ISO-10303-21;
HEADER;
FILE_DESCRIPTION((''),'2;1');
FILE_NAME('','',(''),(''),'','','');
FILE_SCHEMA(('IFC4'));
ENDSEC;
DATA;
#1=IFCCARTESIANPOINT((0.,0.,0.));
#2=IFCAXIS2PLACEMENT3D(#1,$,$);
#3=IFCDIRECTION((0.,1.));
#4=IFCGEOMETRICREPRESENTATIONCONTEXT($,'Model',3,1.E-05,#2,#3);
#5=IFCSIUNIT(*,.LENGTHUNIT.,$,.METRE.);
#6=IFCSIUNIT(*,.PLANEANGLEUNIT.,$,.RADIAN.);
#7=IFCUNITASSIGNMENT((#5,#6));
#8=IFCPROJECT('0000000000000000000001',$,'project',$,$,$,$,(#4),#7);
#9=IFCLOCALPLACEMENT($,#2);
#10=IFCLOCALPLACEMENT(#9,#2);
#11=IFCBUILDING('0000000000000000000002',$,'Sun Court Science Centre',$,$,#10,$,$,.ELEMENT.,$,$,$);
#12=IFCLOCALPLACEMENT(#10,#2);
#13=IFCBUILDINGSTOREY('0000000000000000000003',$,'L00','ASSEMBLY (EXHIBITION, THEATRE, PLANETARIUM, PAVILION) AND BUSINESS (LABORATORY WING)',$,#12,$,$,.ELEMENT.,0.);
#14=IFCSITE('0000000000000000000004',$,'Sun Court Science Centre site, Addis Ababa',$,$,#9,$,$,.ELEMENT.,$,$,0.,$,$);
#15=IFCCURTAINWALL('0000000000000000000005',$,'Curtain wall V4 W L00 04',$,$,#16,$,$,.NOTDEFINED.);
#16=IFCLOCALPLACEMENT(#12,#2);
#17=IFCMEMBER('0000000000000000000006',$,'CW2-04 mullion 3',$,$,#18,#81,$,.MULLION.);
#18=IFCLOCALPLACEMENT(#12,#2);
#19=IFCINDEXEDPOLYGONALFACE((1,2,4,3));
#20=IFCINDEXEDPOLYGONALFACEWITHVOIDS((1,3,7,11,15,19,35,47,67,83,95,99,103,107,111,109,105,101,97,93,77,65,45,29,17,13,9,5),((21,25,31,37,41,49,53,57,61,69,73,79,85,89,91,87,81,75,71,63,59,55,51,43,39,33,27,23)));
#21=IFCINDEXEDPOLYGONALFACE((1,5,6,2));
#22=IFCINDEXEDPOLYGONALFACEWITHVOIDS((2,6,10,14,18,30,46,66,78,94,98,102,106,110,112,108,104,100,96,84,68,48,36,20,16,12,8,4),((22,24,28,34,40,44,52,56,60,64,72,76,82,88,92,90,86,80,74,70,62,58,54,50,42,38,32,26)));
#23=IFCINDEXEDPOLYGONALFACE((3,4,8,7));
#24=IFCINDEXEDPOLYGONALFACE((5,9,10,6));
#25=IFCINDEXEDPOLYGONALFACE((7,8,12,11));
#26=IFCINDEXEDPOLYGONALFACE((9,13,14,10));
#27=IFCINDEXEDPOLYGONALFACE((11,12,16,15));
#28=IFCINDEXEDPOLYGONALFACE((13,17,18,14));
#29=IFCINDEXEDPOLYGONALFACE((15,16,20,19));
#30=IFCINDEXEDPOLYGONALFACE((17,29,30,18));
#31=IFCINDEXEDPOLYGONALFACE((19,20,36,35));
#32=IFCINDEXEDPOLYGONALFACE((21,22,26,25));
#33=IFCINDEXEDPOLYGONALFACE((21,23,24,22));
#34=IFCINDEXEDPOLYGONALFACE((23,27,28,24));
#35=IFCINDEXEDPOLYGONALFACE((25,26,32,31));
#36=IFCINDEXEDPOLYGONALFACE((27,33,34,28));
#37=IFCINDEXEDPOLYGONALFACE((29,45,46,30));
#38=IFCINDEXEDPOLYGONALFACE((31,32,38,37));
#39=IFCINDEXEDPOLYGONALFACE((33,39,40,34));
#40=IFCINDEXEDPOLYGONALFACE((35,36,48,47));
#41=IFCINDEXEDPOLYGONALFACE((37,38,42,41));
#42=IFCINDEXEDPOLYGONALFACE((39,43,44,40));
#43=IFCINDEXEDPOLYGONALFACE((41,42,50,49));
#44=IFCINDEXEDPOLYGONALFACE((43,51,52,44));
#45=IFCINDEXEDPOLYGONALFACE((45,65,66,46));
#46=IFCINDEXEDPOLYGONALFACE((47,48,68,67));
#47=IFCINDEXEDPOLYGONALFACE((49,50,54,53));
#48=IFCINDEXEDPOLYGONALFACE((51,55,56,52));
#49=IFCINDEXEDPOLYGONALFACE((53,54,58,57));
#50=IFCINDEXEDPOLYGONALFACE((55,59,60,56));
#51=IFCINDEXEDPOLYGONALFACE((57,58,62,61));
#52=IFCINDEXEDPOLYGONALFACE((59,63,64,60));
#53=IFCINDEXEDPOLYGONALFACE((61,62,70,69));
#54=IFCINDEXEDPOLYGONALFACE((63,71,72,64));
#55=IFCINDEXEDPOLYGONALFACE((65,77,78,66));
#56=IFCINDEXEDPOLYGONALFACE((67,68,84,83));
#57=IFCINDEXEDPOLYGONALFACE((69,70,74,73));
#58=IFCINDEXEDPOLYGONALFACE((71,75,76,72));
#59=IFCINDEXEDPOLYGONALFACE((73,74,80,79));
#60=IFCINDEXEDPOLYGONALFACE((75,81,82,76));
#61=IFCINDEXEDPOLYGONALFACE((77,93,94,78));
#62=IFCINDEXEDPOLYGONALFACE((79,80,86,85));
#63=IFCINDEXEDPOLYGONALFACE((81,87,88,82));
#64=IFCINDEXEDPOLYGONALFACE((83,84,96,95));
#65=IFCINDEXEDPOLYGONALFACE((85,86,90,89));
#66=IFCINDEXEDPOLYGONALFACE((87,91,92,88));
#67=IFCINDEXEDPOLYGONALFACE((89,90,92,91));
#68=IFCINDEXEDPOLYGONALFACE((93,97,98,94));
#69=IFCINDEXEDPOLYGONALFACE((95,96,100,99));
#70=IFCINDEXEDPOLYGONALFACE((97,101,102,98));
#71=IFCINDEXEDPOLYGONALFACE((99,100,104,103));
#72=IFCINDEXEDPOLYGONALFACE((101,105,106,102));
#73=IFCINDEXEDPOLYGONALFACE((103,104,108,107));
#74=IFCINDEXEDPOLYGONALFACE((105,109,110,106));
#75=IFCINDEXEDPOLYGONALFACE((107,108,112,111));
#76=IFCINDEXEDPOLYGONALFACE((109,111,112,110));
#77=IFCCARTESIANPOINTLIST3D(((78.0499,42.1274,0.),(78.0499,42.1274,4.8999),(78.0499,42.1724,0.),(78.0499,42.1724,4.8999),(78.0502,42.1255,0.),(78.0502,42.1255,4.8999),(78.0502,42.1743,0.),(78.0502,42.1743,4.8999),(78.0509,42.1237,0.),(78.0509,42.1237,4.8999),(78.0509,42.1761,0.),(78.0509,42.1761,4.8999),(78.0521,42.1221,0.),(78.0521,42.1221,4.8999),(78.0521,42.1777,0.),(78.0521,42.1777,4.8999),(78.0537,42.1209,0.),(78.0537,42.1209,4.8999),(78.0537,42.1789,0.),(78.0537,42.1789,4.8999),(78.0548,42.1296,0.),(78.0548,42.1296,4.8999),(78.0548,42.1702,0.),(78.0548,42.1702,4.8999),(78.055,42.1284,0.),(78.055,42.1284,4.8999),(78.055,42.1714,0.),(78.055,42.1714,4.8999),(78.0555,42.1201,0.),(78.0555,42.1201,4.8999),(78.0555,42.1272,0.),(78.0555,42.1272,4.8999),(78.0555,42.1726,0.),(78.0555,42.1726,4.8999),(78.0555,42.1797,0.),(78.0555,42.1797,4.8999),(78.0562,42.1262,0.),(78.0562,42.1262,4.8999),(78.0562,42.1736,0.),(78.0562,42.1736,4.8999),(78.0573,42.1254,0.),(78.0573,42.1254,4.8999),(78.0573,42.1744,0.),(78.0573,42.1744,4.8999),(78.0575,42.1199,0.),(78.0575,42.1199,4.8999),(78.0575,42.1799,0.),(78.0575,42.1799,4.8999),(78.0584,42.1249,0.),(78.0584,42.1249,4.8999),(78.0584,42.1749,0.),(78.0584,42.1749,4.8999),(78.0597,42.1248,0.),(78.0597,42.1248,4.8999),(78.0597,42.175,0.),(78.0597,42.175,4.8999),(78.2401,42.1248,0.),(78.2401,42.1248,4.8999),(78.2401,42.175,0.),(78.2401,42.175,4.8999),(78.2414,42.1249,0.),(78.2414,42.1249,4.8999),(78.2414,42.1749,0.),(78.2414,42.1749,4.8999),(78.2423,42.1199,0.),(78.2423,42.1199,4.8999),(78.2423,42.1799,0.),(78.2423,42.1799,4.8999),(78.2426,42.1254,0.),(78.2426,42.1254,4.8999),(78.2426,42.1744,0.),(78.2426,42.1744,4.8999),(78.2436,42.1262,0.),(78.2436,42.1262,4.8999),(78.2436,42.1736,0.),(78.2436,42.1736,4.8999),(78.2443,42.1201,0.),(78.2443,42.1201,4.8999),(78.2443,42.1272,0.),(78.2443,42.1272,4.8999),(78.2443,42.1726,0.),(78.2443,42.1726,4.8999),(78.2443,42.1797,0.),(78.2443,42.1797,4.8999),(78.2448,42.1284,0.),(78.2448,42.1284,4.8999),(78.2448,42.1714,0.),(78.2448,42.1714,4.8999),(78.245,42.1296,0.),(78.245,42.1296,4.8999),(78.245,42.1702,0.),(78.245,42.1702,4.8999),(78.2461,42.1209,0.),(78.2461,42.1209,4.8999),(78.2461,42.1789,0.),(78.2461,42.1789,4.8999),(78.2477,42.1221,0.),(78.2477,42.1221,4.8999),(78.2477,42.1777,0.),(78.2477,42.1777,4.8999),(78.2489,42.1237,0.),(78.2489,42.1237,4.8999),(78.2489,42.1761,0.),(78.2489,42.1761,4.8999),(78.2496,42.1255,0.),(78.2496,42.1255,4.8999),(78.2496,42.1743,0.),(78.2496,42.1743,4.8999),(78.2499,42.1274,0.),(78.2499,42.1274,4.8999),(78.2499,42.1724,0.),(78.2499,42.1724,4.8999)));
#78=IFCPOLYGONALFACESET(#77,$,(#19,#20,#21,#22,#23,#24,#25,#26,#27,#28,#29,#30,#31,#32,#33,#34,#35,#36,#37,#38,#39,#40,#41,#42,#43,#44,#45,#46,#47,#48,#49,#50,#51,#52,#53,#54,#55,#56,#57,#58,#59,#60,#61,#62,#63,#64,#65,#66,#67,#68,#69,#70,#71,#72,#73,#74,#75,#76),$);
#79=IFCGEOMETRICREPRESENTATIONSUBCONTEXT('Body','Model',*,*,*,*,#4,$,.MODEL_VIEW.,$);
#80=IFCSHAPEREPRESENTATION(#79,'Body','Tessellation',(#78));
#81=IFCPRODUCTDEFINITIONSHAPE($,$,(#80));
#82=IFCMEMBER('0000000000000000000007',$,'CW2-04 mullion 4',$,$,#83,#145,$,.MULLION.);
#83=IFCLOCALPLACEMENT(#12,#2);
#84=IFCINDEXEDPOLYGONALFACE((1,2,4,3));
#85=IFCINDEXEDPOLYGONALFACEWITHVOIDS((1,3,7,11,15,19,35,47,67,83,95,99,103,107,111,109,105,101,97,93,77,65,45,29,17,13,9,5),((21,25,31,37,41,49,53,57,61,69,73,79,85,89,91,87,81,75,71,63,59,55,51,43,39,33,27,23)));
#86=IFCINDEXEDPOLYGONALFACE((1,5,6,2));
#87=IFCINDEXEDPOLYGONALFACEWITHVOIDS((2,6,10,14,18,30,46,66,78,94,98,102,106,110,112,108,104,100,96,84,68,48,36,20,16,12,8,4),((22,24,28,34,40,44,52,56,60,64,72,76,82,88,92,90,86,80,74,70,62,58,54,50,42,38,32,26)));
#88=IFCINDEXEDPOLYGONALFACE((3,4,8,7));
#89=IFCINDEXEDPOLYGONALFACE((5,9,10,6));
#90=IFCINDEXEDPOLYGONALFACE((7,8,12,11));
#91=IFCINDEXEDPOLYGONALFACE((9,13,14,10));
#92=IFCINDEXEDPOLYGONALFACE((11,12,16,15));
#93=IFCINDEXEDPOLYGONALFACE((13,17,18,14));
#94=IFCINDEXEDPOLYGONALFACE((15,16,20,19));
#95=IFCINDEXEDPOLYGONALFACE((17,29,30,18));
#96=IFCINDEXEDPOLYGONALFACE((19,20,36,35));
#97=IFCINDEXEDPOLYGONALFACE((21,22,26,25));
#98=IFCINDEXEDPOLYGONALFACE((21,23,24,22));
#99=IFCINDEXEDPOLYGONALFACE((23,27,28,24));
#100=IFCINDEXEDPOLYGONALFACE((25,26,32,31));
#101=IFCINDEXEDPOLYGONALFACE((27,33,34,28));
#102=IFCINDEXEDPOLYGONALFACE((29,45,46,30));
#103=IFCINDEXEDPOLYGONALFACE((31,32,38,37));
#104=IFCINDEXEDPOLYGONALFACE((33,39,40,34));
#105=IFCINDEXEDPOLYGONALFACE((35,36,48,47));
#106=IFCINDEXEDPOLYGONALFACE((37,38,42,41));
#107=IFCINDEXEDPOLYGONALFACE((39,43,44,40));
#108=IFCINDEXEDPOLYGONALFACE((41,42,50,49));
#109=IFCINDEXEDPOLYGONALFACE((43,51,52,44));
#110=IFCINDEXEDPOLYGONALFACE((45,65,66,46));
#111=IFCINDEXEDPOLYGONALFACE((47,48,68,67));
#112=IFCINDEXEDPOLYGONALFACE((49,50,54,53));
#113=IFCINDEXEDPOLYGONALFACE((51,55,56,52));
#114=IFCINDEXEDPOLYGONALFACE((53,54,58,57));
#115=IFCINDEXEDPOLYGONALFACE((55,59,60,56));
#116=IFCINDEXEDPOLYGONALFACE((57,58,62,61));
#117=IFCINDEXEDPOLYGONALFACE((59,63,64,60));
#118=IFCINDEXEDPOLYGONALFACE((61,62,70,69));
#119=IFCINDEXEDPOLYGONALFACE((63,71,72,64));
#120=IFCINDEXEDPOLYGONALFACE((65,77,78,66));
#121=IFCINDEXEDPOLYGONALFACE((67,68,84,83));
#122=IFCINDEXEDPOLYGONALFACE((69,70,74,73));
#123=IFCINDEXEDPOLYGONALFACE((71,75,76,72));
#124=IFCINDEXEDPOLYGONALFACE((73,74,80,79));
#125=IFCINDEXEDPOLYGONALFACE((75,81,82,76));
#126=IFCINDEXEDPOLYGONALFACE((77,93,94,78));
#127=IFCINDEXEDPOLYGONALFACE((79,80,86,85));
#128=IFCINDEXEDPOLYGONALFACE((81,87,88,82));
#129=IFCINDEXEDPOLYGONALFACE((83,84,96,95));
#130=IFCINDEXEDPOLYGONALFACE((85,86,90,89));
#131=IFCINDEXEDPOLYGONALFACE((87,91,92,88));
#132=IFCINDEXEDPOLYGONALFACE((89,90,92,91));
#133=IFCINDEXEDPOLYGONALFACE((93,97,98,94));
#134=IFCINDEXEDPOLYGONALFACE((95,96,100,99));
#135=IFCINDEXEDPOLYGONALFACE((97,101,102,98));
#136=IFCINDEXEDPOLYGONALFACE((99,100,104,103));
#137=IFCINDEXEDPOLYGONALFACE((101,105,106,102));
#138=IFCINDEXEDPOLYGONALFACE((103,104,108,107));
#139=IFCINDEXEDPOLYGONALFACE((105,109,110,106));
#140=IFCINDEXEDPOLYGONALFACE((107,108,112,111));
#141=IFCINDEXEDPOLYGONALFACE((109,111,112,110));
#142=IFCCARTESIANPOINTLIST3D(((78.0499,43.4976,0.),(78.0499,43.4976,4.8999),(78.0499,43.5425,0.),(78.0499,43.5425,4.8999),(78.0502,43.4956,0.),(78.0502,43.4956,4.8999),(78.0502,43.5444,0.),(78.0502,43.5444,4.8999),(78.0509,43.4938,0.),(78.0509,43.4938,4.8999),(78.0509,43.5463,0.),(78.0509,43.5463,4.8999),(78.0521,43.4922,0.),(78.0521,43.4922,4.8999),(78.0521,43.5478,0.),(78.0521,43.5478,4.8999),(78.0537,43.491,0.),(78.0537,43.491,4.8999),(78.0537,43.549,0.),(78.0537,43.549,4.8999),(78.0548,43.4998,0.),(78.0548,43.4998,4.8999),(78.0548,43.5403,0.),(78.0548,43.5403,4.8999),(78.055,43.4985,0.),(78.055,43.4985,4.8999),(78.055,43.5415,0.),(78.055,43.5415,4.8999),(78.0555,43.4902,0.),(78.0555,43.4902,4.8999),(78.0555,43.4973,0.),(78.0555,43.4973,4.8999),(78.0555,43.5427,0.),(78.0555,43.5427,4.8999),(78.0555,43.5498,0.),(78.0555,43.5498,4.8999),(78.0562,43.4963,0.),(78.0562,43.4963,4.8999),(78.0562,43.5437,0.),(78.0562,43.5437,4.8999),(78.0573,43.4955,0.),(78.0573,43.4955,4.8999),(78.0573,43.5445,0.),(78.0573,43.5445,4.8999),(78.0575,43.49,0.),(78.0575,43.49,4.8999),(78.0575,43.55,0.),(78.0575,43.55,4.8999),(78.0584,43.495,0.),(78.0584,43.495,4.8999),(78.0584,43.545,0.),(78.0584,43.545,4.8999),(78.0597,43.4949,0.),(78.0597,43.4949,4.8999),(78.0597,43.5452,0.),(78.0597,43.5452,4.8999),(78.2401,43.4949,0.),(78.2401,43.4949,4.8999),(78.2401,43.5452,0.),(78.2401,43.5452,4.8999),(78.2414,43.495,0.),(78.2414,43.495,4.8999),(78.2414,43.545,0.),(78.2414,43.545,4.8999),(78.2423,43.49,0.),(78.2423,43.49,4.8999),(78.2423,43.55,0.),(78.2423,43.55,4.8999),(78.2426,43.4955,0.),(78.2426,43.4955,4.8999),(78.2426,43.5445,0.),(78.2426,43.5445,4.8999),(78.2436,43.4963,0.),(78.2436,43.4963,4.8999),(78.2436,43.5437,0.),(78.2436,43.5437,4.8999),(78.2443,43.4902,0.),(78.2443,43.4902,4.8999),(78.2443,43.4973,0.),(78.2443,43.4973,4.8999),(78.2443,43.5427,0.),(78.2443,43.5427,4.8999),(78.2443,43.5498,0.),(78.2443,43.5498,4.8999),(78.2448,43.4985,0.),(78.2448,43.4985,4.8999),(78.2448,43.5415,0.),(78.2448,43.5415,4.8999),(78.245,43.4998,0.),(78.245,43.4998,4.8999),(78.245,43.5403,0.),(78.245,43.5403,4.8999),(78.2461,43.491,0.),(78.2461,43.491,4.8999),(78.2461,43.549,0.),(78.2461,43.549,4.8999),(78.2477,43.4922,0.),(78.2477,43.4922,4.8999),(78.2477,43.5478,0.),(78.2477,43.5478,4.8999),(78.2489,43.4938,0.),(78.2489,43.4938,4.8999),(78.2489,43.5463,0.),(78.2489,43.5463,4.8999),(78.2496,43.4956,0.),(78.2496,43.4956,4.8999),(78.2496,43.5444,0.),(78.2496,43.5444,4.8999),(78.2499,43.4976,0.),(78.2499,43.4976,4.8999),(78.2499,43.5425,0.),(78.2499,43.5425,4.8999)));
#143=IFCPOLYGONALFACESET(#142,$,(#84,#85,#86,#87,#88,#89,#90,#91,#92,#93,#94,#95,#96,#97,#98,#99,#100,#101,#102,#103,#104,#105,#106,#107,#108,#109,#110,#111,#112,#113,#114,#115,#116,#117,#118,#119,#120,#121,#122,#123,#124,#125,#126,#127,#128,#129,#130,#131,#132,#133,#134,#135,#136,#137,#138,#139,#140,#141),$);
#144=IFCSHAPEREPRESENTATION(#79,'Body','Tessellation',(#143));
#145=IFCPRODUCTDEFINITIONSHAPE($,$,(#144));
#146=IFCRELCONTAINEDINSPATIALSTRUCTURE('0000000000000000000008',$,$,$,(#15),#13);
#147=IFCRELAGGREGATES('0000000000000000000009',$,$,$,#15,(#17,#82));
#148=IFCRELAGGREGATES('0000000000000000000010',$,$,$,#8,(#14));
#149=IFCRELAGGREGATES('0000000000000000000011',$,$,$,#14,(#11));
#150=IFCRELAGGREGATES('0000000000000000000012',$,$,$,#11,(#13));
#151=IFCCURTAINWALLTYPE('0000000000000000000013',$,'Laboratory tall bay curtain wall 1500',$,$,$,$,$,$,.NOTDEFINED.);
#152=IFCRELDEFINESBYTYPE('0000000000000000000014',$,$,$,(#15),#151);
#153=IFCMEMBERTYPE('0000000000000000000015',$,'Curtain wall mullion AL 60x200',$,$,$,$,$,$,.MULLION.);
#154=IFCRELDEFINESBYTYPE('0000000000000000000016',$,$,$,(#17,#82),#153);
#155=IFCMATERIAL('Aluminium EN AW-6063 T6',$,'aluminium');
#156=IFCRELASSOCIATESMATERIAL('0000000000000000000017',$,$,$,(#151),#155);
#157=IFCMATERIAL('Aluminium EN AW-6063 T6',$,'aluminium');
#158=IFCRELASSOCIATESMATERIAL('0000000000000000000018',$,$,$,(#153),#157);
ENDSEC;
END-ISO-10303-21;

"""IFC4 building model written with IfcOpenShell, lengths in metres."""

from ifc_helpers import new_model, si_unit, direction, frame, origin, origin_2d, place, context, subcontext, project, spatial, hollow_rectangle, extrude, material, material_profile, profile_set, type_object, element, aggregate, save


model = new_model("IFC4")

# Units and contexts
model_context = context("Model", 3, precision=1e-05, world=origin(), true_north=direction((0.0, 1.0)))
body_context = subcontext(model_context, "Body", "Model", "MODEL_VIEW")
ifc_project = project(units=[si_unit("LENGTHUNIT", "METRE"), si_unit("PLANEANGLEUNIT", "RADIAN")], contexts=[model_context])

# Site, building, storey
site_placement = place(None, origin())
site = spatial("IfcSite", under=ifc_project, at=site_placement, Name="Sun Court Science Centre site, Addis Ababa", CompositionType="ELEMENT", RefElevation=0.0)
building_placement = place(site_placement, origin())
building = spatial("IfcBuilding", under=site, at=building_placement, Name="Sun Court Science Centre", CompositionType="ELEMENT")
storey_placement = place(building_placement, origin())
storey = spatial("IfcBuildingStorey", under=building, at=storey_placement, Name="L00", Description="ASSEMBLY (EXHIBITION, THEATRE, PLANETARIUM, PAVILION) AND BUSINESS (LABORATORY WING)", CompositionType="ELEMENT", Elevation=0.0)

# Curtain wall, members
ifc_material_1 = material(Name="Aluminium EN AW-6063 T6", Category="aluminium")
curtain_wall_type_1 = type_object("IfcCurtainWallType", Name="Laboratory tall bay curtain wall 1500", PredefinedType="NOTDEFINED", material=ifc_material_1)
curtain_wall_1_placement = place(storey_placement, origin())
curtain_wall_1 = element("IfcCurtainWall", 1, at=curtain_wall_1_placement, inside=storey, type_object=curtain_wall_type_1, Name="Curtain wall V4 W L00 04", PredefinedType="NOTDEFINED")
ifc_material_2 = material(Name="Aluminium EN AW-6063 T6", Category="aluminium")
ifc_material_profile_1 = material_profile(ifc_material_2, hollow_rectangle(XDim=0.0601, YDim=0.2, WallThickness=0.0049, InnerFilletRadius=0.0049, OuterFilletRadius=0.0076, at=origin_2d()), Name="AL 60x200x5")
ifc_profile_set_1 = profile_set([ifc_material_profile_1], Name="Aluminium EN AW-6063 T6")
member_type_1 = type_object("IfcMemberType", Name="Curtain wall mullion AL 60x200", PredefinedType="MULLION", material=ifc_profile_set_1)
member_1_placement = place(storey_placement, frame((78.1499, 42.1499, 0.0), z_axis=(0.0, 0.0, 1.0), x_axis=(0.0, 1.0, 0.0)))
member_1 = element("IfcMember", 2, at=member_1_placement, type_object=member_type_1, Name="CW2-04 mullion 3", PredefinedType="MULLION", context=body_context, shape_type="SweptSolid", body=[
    extrude(hollow_rectangle(XDim=0.0601, YDim=0.2, WallThickness=0.0049, InnerFilletRadius=0.0049, OuterFilletRadius=0.0076, at=origin_2d()), origin(), (0.0, 0.0, 1.0), 4.8999),
])
member_2_placement = place(storey_placement, frame((78.1499, 43.52, 0.0), z_axis=(0.0, 0.0, 1.0), x_axis=(0.0, 1.0, 0.0)))
member_2 = element("IfcMember", 3, at=member_2_placement, type_object=member_type_1, Name="CW2-04 mullion 4", PredefinedType="MULLION", context=body_context, shape_type="SweptSolid", body=[
    extrude(hollow_rectangle(XDim=0.0601, YDim=0.2, WallThickness=0.0049, InnerFilletRadius=0.0049, OuterFilletRadius=0.0076, at=origin_2d()), origin(), (0.0, 0.0, 1.0), 4.8999),
])

aggregate(curtain_wall_1, [member_1, member_2])

save(model, "model.ifc")
